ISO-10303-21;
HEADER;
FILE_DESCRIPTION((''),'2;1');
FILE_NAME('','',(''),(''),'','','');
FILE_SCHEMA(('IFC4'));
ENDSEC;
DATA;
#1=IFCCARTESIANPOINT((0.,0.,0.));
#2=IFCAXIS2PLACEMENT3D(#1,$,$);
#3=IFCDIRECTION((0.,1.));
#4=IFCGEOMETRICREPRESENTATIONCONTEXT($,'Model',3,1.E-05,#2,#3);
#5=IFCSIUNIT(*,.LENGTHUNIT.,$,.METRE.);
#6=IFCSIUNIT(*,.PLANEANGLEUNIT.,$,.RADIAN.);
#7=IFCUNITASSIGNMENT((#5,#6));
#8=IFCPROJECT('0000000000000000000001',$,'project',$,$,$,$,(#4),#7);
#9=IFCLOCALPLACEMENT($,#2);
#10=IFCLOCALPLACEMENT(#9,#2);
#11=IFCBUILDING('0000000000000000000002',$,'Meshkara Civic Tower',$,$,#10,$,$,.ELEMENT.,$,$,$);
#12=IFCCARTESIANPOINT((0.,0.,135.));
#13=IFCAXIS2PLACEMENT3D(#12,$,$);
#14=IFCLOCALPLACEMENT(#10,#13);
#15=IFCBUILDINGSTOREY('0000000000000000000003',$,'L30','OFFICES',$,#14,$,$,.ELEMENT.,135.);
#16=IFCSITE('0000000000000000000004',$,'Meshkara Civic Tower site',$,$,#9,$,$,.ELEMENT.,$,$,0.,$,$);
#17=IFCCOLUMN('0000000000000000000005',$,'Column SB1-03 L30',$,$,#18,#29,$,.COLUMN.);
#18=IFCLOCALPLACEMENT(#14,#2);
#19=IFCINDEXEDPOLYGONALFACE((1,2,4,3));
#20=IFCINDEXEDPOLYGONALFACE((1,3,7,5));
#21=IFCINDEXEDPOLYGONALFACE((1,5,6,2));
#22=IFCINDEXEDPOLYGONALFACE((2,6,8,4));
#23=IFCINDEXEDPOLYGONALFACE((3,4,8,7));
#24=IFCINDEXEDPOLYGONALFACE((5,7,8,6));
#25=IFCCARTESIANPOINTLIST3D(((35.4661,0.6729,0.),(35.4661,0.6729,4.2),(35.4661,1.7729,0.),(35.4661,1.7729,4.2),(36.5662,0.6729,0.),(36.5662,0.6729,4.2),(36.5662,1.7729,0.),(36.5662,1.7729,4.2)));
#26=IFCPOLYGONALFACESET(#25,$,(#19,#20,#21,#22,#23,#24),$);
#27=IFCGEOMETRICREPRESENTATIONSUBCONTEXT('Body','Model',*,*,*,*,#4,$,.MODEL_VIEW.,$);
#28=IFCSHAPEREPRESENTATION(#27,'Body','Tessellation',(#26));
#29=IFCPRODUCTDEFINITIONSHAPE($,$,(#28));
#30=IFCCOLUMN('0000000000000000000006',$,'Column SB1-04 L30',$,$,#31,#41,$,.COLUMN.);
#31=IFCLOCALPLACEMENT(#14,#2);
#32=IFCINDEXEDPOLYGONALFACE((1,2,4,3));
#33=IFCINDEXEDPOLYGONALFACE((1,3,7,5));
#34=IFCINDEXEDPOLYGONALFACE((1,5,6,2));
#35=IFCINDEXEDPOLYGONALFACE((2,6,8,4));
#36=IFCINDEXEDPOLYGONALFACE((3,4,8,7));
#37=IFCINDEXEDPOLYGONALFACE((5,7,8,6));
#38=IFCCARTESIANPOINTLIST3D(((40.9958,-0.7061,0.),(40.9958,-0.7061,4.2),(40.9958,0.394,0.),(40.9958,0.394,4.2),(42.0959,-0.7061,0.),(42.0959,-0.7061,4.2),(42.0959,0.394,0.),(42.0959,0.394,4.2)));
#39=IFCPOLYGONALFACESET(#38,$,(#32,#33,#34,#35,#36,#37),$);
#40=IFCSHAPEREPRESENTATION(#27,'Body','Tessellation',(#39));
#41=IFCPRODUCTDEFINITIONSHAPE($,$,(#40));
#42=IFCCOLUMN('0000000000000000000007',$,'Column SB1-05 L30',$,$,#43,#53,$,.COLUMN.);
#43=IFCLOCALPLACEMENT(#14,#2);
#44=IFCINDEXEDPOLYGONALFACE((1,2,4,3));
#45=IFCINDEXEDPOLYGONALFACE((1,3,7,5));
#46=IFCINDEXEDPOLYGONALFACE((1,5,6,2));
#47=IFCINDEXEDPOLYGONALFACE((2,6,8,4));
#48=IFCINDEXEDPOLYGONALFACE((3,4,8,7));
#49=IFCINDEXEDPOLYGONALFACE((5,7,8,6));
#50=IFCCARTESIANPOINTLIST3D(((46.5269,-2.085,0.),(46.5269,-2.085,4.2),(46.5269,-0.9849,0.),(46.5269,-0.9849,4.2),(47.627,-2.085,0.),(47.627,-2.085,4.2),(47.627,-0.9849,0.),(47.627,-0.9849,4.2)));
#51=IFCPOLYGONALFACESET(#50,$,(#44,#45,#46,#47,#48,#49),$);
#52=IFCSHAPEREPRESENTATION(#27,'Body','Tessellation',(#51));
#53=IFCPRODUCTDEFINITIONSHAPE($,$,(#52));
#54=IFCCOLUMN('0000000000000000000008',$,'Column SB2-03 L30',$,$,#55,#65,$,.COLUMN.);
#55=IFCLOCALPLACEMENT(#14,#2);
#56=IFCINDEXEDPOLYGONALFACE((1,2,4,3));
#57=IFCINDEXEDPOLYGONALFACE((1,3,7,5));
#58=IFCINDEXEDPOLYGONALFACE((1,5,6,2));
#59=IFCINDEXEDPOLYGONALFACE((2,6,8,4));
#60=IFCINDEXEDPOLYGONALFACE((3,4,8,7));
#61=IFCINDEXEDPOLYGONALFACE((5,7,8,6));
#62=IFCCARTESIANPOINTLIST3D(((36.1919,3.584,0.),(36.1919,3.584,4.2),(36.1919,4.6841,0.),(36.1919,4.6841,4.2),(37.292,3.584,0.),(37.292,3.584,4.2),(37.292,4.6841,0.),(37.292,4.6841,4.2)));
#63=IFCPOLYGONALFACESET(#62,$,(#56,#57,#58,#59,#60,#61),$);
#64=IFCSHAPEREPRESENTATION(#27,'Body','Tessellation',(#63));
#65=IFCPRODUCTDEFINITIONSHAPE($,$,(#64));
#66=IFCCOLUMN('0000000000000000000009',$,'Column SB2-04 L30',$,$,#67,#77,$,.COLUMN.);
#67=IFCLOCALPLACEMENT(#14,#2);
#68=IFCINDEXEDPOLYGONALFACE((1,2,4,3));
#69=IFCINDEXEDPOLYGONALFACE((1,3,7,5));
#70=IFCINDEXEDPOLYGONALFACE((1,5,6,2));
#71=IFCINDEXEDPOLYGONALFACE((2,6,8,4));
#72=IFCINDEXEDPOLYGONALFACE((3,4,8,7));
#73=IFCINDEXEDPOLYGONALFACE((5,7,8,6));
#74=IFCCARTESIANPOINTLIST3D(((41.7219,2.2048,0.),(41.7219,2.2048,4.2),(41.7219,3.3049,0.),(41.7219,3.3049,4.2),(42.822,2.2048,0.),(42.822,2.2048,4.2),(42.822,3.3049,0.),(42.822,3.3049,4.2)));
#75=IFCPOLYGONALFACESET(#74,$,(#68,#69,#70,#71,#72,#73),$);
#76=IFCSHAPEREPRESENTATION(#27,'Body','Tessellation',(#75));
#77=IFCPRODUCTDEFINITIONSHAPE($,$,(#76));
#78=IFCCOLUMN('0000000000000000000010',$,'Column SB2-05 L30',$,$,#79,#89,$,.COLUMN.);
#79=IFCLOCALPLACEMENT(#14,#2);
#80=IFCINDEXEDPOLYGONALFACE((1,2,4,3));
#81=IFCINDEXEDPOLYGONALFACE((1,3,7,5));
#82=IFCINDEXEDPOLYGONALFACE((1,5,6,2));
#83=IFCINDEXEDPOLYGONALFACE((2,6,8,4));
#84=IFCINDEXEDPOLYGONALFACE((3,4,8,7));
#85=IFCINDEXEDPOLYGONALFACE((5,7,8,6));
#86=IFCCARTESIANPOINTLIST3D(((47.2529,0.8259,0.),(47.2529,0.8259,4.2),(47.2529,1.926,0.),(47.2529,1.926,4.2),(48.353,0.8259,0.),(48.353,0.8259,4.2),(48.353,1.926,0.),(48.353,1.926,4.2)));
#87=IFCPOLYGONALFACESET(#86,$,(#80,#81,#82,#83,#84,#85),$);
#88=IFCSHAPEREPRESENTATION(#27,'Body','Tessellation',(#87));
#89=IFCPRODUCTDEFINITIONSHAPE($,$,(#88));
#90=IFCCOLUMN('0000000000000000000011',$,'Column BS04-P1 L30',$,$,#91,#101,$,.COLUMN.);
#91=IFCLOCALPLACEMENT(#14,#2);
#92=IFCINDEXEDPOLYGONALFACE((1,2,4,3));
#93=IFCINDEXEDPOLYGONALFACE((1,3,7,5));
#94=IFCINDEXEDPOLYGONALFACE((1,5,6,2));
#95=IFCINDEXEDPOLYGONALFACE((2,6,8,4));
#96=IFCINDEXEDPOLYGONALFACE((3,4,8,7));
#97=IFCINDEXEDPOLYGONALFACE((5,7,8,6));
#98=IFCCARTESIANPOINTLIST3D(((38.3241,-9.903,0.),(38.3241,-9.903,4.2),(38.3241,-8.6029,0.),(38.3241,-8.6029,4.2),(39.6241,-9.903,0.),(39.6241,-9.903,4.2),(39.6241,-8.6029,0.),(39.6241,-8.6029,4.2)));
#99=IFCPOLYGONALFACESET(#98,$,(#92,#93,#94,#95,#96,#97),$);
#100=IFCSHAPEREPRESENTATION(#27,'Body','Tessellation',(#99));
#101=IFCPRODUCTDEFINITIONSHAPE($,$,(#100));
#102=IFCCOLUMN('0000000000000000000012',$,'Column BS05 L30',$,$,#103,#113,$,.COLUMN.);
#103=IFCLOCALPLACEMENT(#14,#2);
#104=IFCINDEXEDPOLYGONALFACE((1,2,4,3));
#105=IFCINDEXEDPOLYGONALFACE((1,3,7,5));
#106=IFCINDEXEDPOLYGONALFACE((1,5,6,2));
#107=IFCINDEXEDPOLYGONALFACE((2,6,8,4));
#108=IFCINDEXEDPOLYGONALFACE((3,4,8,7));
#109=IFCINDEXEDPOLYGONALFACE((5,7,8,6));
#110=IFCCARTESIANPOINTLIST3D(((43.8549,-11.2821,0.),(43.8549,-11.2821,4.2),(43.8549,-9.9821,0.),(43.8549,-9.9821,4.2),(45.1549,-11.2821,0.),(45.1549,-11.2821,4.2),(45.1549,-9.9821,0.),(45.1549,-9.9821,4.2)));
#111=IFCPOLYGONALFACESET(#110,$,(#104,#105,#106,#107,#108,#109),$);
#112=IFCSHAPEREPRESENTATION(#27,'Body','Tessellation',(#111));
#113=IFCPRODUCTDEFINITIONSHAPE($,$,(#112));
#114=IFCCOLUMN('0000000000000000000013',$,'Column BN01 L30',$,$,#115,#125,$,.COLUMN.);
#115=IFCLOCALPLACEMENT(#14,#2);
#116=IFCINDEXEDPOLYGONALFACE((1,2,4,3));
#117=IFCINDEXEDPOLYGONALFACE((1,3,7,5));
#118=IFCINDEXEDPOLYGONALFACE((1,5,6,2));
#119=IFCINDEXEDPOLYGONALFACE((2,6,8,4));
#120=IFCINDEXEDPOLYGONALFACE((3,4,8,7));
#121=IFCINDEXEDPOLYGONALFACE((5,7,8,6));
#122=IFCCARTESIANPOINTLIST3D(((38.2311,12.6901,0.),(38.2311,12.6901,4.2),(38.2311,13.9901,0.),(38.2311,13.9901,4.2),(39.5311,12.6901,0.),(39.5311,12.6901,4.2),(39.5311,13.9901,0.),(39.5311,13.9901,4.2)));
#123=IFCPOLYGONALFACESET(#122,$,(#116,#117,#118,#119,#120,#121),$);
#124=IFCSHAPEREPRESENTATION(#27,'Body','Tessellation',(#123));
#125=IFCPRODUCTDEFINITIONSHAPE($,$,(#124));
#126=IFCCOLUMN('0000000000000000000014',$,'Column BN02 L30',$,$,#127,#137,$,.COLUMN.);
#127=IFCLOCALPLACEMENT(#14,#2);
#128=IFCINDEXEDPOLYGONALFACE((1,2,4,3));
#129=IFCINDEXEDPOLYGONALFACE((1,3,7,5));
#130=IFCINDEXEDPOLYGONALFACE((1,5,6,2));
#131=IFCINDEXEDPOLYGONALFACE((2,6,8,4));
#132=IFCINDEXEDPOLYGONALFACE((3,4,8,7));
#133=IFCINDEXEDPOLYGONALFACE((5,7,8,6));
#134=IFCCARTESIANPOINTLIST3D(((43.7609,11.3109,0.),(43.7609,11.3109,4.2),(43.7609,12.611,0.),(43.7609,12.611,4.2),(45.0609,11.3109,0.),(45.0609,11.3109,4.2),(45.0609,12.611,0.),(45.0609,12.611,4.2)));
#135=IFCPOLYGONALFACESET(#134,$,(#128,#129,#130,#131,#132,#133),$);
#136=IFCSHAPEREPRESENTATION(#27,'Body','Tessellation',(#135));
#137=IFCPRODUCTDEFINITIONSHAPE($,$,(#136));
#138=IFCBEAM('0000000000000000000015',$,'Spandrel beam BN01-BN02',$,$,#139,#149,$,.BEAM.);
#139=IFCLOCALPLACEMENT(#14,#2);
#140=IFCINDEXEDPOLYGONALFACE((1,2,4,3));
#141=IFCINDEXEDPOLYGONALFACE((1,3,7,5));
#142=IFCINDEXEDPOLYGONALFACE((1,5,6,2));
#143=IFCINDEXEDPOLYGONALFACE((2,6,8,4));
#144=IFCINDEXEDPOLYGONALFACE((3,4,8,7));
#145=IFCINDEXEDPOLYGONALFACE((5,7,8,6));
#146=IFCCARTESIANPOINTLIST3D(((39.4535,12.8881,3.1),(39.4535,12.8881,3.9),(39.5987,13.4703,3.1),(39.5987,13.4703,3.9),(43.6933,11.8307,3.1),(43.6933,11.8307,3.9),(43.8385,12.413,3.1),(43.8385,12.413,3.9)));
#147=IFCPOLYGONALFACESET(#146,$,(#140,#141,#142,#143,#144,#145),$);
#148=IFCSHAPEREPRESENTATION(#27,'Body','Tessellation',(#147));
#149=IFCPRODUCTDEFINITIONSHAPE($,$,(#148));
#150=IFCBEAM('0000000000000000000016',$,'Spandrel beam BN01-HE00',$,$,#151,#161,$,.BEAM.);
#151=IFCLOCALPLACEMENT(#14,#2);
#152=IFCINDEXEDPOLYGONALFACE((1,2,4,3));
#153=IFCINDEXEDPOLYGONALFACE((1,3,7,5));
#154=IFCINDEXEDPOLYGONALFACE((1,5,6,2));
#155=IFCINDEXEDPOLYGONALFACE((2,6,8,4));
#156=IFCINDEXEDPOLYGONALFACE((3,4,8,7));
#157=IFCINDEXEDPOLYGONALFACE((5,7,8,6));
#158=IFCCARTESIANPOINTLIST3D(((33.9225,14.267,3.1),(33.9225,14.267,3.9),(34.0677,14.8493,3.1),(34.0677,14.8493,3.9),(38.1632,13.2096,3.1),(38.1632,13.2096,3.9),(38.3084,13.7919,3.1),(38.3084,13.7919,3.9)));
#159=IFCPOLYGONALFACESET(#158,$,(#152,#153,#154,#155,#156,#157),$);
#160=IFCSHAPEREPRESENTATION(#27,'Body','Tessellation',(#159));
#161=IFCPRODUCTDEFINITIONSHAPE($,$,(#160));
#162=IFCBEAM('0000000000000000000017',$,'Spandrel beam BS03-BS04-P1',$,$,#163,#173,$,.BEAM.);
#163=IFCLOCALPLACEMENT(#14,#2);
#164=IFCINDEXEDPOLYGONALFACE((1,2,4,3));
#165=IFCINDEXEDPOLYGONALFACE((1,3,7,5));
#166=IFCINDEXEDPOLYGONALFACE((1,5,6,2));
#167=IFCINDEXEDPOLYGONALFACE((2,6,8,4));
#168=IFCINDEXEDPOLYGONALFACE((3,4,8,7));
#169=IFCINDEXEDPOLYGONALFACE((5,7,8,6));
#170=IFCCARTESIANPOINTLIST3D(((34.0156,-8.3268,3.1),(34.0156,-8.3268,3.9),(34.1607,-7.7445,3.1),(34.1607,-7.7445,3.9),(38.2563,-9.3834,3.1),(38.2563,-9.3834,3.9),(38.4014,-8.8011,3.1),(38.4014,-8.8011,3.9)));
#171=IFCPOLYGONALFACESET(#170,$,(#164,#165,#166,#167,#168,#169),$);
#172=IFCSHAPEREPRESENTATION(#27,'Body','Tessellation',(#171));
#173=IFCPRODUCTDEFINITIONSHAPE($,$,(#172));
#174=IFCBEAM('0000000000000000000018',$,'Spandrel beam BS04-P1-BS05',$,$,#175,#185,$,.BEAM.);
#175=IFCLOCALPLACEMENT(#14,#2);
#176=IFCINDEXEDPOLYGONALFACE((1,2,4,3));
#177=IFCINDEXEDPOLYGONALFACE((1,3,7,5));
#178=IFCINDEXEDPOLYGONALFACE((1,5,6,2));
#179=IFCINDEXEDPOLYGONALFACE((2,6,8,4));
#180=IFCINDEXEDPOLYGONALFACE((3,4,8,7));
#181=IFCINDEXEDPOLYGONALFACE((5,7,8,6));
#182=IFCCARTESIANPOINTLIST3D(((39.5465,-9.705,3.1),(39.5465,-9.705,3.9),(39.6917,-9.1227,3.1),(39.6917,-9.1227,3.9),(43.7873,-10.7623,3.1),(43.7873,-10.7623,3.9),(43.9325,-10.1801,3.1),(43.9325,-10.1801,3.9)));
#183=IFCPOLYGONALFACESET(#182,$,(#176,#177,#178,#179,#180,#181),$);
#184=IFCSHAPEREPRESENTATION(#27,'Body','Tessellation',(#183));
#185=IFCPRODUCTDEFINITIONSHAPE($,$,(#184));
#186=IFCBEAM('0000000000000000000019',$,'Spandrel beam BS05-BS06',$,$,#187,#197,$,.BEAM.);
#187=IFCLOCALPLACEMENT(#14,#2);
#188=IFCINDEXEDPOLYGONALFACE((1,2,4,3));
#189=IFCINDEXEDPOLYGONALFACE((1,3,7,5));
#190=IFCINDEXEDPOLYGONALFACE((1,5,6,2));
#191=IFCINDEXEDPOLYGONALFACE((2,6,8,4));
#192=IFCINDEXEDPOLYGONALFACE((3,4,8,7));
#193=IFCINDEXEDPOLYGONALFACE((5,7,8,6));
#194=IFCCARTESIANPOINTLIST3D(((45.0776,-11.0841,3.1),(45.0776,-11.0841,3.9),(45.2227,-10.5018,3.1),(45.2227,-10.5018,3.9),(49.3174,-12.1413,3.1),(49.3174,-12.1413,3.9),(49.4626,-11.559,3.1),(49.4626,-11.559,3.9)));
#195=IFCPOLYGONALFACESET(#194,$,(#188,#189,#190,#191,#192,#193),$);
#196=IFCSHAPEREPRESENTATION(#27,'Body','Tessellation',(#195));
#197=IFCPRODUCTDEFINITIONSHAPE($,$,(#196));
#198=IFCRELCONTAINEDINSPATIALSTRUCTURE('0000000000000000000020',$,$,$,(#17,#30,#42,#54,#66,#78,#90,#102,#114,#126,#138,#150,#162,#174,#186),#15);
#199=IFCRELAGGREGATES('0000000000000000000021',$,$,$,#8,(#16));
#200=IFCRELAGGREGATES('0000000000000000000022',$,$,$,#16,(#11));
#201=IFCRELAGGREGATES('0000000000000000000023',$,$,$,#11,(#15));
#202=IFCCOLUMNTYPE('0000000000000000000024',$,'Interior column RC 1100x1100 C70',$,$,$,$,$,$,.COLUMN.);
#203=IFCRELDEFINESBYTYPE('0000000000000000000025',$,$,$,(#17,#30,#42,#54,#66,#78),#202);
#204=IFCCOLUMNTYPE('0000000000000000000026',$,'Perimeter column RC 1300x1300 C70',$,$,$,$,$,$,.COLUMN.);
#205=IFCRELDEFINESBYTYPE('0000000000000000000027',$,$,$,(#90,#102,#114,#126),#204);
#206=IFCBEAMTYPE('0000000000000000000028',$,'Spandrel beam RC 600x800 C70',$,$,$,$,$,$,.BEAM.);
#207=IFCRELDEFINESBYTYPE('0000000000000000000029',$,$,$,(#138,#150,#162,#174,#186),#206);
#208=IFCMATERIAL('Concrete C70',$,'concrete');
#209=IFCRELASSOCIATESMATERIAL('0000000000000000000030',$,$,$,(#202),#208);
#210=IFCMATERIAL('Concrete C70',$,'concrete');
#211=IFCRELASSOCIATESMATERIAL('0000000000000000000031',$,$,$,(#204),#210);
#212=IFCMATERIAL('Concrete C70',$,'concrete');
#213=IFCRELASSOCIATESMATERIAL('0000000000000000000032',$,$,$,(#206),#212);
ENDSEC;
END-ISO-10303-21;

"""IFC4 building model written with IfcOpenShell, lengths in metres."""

from ifc_helpers import new_model, si_unit, direction, frame, origin, origin_2d, place, context, subcontext, project, spatial, rectangle, extrude, material, material_profile, profile_set, type_object, element, save


model = new_model("IFC4")

# Units and contexts
model_context = context("Model", 3, precision=1e-05, world=origin(), true_north=direction((0.0, 1.0)))
body_context = subcontext(model_context, "Body", "Model", "MODEL_VIEW")
ifc_project = project(units=[si_unit("LENGTHUNIT", "METRE"), si_unit("PLANEANGLEUNIT", "RADIAN")], contexts=[model_context])

# Site, building, storey
site_placement = place(None, origin())
site = spatial("IfcSite", under=ifc_project, at=site_placement, Name="Meshkara Civic Tower site", CompositionType="ELEMENT", RefElevation=0.0)
building_placement = place(site_placement, origin())
building = spatial("IfcBuilding", under=site, at=building_placement, Name="Meshkara Civic Tower", CompositionType="ELEMENT")
storey_placement = place(building_placement, frame((0.0, 0.0, 135.0)))
storey = spatial("IfcBuildingStorey", under=building, at=storey_placement, Name="L30", Description="OFFICES", CompositionType="ELEMENT", Elevation=135.0)

# Columns
ifc_material_1 = material(Name="Concrete C70", Category="concrete")
ifc_material_profile_1 = material_profile(ifc_material_1, rectangle(XDim=1.1001, YDim=1.1001, at=origin_2d()))
ifc_profile_set_1 = profile_set([ifc_material_profile_1], Name="Concrete C70")
column_type_1 = type_object("IfcColumnType", Name="Interior column RC 1100x1100 C70", PredefinedType="COLUMN", material=ifc_profile_set_1)
for number, where, z_axis, x_axis, name in (
    (1, (36.0161, 1.2229, 0.0), (0.0, 0.0, 1.0), (1.0, 0.0, 0.0), "Column SB1-03 L30"),
    (2, (41.5459, -0.156, 0.0), (0.0, 0.0, 1.0), (1.0, 0.0, 0.0), "Column SB1-04 L30"),
    (3, (47.0769, -1.5349, 0.0), (0.0, 0.0, 1.0), (1.0, 0.0, 0.0), "Column SB1-05 L30"),
    (4, (36.7419, 4.134, 0.0), (0.0, 0.0, 1.0), (1.0, 0.0, 0.0), "Column SB2-03 L30"),
    (5, (42.272, 2.7549, 0.0), (0.0, 0.0, 1.0), (1.0, 0.0, 0.0), "Column SB2-04 L30"),
    (6, (47.803, 1.376, 0.0), (0.0, 0.0, 1.0), (1.0, 0.0, 0.0), "Column SB2-05 L30"),
):
    element("IfcColumn", number, at=place(storey_placement, frame(where, z_axis=z_axis, x_axis=x_axis)), inside=storey, type_object=column_type_1, Name=name, PredefinedType="COLUMN", context=body_context, shape_type="SweptSolid", body=[
        extrude(rectangle(XDim=1.1001, YDim=1.1001, at=origin_2d()), origin(), (0.0, 0.0, 1.0), 4.2),
    ])
ifc_material_2 = material(Name="Concrete C70", Category="concrete")
ifc_material_profile_2 = material_profile(ifc_material_2, rectangle(XDim=1.3, YDim=1.3, at=origin_2d()))
ifc_profile_set_2 = profile_set([ifc_material_profile_2], Name="Concrete C70")
column_type_2 = type_object("IfcColumnType", Name="Perimeter column RC 1300x1300 C70", PredefinedType="COLUMN", material=ifc_profile_set_2)
for number, where, z_axis, x_axis, name in (
    (7, (38.9741, -9.2529, 0.0), (0.0, 0.0, 1.0), (1.0, 0.0, 0.0), "Column BS04-P1 L30"),
    (8, (44.5049, -10.6321, 0.0), (0.0, 0.0, 1.0), (1.0, 0.0, 0.0), "Column BS05 L30"),
    (9, (38.8811, 13.3401, 0.0), (0.0, 0.0, 1.0), (1.0, 0.0, 0.0), "Column BN01 L30"),
    (10, (44.4109, 11.9609, 0.0), (0.0, 0.0, 1.0), (1.0, 0.0, 0.0), "Column BN02 L30"),
):
    element("IfcColumn", number, at=place(storey_placement, frame(where, z_axis=z_axis, x_axis=x_axis)), inside=storey, type_object=column_type_2, Name=name, PredefinedType="COLUMN", context=body_context, shape_type="SweptSolid", body=[
        extrude(rectangle(XDim=1.3, YDim=1.3, at=origin_2d()), origin(), (0.0, 0.0, 1.0), 4.2),
    ])

# Beams
ifc_material_3 = material(Name="Concrete C70", Category="concrete")
ifc_material_profile_3 = material_profile(ifc_material_3, rectangle(XDim=0.6001, YDim=0.8, at=origin_2d()))
ifc_profile_set_3 = profile_set([ifc_material_profile_3], Name="Concrete C70")
beam_type = type_object("IfcBeamType", Name="Spandrel beam RC 600x800 C70", PredefinedType="BEAM", material=ifc_profile_set_3)
beam_1_placement = place(storey_placement, frame((43.7659, 12.1218, 3.5), z_axis=(-0.97028, 0.241983, 0.0), x_axis=(-0.241983, -0.97028, 0.0)))
element("IfcBeam", 11, at=beam_1_placement, inside=storey, type_object=beam_type, Name="Spandrel beam BN01-BN02", PredefinedType="BEAM", context=body_context, shape_type="SweptSolid", body=[
    extrude(rectangle(XDim=0.6001, YDim=0.8, at=origin_2d()), origin(), (0.0, 0.0, 1.0), 4.3696),
])
beam_2_placement = place(storey_placement, frame((38.2358, 13.5007, 3.5), z_axis=(-0.970293, 0.241931, 0.0), x_axis=(-0.241931, -0.970293, 0.0)))
element("IfcBeam", 12, at=beam_2_placement, inside=storey, type_object=beam_type, Name="Spandrel beam BN01-HE00", PredefinedType="BEAM", context=body_context, shape_type="SweptSolid", body=[
    extrude(rectangle(XDim=0.6001, YDim=0.8, at=origin_2d()), origin(), (0.0, 0.0, 1.0), 4.3706),
])
beam_3_placement = place(storey_placement, frame((34.0881, -8.0356, 3.5), z_axis=(0.970333, -0.241773, 0.0), x_axis=(0.241773, 0.970333, 0.0)))
element("IfcBeam", 13, at=beam_3_placement, inside=storey, type_object=beam_type, Name="Spandrel beam BS03-BS04-P1", PredefinedType="BEAM", context=body_context, shape_type="SweptSolid", body=[
    extrude(rectangle(XDim=0.6001, YDim=0.8, at=origin_2d()), origin(), (0.0, 0.0, 1.0), 4.3704),
])
beam_4_placement = place(storey_placement, frame((39.6191, -9.4138, 3.5), z_axis=(0.970293, -0.241931, 0.0), x_axis=(0.241931, 0.970293, 0.0)))
element("IfcBeam", 14, at=beam_4_placement, inside=storey, type_object=beam_type, Name="Spandrel beam BS04-P1-BS05", PredefinedType="BEAM", context=body_context, shape_type="SweptSolid", body=[
    extrude(rectangle(XDim=0.6001, YDim=0.8, at=origin_2d()), origin(), (0.0, 0.0, 1.0), 4.3706),
])
beam_5_placement = place(storey_placement, frame((45.1501, -10.793, 3.5), z_axis=(0.970293, -0.241931, 0.0), x_axis=(0.241931, 0.970293, 0.0)))
element("IfcBeam", 15, at=beam_5_placement, inside=storey, type_object=beam_type, Name="Spandrel beam BS05-BS06", PredefinedType="BEAM", context=body_context, shape_type="SweptSolid", body=[
    extrude(rectangle(XDim=0.6001, YDim=0.8, at=origin_2d()), origin(), (0.0, 0.0, 1.0), 4.3696),
])

save(model, "model.ifc")
